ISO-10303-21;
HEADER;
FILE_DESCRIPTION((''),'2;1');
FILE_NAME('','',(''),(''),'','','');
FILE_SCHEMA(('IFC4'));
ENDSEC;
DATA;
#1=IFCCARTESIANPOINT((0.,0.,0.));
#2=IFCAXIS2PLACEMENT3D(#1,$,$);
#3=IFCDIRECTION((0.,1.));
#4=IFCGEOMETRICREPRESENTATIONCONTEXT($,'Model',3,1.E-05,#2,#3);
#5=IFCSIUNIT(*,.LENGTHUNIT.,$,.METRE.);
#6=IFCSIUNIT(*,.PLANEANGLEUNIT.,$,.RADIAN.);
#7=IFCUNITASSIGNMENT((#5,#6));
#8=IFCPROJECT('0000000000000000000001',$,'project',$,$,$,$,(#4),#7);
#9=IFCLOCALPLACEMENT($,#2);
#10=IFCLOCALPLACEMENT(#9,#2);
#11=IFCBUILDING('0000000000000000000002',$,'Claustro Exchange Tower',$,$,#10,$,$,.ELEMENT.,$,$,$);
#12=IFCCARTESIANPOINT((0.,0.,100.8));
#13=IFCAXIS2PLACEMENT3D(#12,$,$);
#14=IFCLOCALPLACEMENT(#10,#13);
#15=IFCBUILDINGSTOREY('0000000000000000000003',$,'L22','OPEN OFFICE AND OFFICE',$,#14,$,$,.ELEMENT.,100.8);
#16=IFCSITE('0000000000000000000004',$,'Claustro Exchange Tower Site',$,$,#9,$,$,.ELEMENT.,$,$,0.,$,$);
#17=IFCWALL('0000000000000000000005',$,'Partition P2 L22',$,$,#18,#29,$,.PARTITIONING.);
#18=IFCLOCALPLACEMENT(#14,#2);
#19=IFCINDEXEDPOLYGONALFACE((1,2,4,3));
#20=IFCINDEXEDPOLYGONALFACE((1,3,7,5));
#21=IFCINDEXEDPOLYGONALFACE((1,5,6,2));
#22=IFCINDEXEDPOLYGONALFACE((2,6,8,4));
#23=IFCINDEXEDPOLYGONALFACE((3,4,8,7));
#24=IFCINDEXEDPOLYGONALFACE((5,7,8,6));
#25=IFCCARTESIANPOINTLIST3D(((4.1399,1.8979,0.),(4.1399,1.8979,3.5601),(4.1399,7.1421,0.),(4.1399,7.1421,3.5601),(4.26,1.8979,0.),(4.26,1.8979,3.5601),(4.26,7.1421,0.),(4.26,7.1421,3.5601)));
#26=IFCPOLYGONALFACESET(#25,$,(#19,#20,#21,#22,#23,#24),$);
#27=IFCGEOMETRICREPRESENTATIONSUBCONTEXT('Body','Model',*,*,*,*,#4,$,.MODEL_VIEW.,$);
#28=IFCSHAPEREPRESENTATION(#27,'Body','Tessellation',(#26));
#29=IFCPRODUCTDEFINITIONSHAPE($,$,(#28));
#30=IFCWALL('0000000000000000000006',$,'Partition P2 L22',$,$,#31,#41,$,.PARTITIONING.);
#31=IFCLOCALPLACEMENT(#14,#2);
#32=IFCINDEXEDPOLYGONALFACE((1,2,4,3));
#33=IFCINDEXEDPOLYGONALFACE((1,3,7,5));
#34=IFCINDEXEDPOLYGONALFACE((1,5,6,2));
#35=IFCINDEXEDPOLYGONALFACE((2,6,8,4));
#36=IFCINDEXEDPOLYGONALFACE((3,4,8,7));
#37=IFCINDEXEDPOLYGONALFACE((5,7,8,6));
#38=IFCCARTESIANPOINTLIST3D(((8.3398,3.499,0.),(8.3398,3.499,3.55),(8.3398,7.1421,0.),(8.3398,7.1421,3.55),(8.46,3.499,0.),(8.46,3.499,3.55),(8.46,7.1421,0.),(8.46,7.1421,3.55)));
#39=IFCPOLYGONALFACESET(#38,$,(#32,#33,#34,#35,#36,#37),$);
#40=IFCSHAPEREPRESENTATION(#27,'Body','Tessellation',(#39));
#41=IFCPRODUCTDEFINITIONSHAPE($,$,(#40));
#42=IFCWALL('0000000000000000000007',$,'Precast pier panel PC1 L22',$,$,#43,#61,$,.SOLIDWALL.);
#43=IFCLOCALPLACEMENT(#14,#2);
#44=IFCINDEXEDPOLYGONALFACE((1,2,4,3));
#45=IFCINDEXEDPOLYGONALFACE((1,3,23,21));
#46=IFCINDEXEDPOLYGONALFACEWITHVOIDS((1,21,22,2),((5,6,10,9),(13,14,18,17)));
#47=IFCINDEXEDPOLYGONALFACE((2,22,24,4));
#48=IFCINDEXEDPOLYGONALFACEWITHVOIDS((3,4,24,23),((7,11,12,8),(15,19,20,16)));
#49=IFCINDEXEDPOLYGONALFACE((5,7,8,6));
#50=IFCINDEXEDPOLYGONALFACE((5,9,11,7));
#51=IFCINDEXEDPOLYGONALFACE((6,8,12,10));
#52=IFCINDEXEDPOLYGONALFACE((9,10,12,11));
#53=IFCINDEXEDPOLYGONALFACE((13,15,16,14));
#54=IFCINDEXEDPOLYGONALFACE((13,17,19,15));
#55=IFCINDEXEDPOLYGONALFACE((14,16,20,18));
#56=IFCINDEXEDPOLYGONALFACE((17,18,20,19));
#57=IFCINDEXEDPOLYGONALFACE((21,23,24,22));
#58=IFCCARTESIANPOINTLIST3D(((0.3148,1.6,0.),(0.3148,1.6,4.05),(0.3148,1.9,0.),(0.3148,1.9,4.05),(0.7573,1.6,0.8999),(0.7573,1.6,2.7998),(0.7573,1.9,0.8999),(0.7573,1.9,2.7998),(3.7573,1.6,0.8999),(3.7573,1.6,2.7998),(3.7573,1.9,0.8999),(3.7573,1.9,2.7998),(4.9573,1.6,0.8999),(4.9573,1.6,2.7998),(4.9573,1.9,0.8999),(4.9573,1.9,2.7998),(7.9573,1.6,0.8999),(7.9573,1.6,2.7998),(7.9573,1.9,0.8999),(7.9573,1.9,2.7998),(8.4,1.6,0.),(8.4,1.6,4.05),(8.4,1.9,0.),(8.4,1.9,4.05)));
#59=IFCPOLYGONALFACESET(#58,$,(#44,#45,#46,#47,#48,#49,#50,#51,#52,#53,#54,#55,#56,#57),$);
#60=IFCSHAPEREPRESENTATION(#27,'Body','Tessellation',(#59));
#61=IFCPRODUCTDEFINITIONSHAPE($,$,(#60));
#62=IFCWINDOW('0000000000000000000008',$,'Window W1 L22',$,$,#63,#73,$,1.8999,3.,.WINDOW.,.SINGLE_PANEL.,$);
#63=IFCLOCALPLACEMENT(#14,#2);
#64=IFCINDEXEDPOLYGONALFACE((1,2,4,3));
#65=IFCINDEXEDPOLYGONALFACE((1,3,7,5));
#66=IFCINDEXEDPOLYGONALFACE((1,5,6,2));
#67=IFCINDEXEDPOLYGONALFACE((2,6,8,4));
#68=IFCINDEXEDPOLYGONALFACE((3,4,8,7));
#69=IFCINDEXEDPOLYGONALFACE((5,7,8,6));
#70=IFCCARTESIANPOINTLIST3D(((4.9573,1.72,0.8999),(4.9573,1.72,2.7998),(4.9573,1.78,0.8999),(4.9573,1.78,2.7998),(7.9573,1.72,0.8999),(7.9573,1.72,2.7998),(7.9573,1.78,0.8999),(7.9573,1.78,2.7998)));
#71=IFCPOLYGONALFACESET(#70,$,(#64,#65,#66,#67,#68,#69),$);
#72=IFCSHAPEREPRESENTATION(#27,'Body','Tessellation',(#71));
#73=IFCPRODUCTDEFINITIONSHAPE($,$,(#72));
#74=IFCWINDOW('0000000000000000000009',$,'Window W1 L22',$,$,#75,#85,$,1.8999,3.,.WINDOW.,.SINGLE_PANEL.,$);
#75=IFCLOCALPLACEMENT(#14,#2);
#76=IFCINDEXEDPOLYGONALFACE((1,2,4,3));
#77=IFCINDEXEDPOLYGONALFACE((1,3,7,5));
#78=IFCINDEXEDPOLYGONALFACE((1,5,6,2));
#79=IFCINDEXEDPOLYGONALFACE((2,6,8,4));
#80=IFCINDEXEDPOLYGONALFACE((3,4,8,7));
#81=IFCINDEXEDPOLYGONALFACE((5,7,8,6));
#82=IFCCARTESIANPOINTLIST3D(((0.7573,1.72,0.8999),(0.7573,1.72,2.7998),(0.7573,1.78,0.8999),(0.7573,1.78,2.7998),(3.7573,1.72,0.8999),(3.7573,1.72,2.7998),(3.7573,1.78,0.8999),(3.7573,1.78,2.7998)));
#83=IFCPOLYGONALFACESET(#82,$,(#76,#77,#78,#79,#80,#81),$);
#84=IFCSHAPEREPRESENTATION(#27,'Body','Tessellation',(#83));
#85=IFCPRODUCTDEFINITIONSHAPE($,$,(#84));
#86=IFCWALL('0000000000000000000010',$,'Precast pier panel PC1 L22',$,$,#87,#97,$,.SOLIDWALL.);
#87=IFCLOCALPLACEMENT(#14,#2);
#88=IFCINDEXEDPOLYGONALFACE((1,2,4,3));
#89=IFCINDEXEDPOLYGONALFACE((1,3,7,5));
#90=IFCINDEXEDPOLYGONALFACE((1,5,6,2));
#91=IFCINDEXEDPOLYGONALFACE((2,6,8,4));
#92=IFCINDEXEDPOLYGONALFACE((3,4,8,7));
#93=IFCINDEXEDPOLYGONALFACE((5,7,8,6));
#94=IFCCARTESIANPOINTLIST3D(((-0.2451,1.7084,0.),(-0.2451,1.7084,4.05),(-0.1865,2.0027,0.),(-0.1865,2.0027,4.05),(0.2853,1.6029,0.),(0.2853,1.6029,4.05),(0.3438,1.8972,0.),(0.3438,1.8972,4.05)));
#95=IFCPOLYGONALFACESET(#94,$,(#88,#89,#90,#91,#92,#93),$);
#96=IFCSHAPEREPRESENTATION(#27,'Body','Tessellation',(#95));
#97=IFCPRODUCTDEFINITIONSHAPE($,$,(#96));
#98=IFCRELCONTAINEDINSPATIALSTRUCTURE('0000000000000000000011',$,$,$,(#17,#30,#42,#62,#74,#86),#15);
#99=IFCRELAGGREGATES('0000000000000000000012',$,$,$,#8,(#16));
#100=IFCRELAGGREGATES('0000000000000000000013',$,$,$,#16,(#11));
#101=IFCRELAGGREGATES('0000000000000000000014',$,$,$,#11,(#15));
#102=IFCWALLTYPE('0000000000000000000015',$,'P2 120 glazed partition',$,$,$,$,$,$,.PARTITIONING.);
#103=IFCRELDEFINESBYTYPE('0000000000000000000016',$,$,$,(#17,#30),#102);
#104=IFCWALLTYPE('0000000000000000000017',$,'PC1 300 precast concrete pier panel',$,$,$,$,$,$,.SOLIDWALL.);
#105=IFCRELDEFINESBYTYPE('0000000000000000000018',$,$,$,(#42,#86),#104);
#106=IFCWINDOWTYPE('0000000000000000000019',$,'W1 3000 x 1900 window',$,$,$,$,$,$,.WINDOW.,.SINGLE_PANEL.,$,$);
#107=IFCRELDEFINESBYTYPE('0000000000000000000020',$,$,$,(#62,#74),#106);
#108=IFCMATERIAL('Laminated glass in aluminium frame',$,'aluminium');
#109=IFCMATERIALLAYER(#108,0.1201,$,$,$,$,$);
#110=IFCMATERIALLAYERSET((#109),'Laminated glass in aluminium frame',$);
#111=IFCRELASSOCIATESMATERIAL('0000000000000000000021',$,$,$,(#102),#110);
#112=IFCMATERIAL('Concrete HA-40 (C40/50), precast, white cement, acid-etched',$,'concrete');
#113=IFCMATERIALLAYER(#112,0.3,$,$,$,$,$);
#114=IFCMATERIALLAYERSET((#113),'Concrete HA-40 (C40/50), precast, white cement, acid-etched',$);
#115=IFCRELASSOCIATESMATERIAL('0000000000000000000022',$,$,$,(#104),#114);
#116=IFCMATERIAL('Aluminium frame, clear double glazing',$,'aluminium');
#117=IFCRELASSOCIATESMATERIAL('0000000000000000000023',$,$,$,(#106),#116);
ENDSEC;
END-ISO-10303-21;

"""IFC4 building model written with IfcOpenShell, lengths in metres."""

from ifc_helpers import new_model, si_unit, direction, frame, frame_2d, origin, place, context, subcontext, project, spatial, rectangle, extrude, material, layer, layer_set, type_object, element, fill, save


model = new_model("IFC4")

# Units and contexts
model_context = context("Model", 3, precision=1e-05, world=origin(), true_north=direction((0.0, 1.0)))
body_context = subcontext(model_context, "Body", "Model", "MODEL_VIEW")
ifc_project = project(units=[si_unit("LENGTHUNIT", "METRE"), si_unit("PLANEANGLEUNIT", "RADIAN")], contexts=[model_context])

# Site, building, storey
site_placement = place(None, origin())
site = spatial("IfcSite", under=ifc_project, at=site_placement, Name="Claustro Exchange Tower Site", CompositionType="ELEMENT", RefElevation=0.0)
building_placement = place(site_placement, origin())
building = spatial("IfcBuilding", under=site, at=building_placement, Name="Claustro Exchange Tower", CompositionType="ELEMENT")
storey_placement = place(building_placement, frame((0.0, 0.0, 100.8)))
storey = spatial("IfcBuildingStorey", under=building, at=storey_placement, Name="L22", Description="OPEN OFFICE AND OFFICE", CompositionType="ELEMENT", Elevation=100.8)

# Walls
ifc_material_1 = material(Name="Laminated glass in aluminium frame", Category="aluminium")
ifc_layer_1 = layer(ifc_material_1, 0.1201)
ifc_layer_set_1 = layer_set([ifc_layer_1], Name="Laminated glass in aluminium frame")
wall_type_1 = type_object("IfcWallType", Name="P2 120 glazed partition", PredefinedType="PARTITIONING", material=ifc_layer_set_1)
wall_1_placement = place(storey_placement, frame((4.2, 1.8979, 0.0), z_axis=(0.0, 0.0, 1.0), x_axis=(0.0, 1.0, 0.0)))
element("IfcWall", 1, at=wall_1_placement, inside=storey, type_object=wall_type_1, Name="Partition P2 L22", PredefinedType="PARTITIONING", context=body_context, shape_type="SweptSolid", body=[
    extrude(rectangle(XDim=5.2441, YDim=0.1201, at=frame_2d((2.6221, 0.0))), origin(), (0.0, 0.0, 1.0), 3.5601),
])
wall_2_placement = place(storey_placement, frame((8.3999, 3.499, 0.0), z_axis=(0.0, 0.0, 1.0), x_axis=(0.0, 1.0, 0.0)))
element("IfcWall", 2, at=wall_2_placement, inside=storey, type_object=wall_type_1, Name="Partition P2 L22", PredefinedType="PARTITIONING", context=body_context, shape_type="SweptSolid", body=[
    extrude(rectangle(XDim=3.6431, YDim=0.1201, at=frame_2d((1.8215, 0.0))), origin(), (0.0, 0.0, 1.0), 3.55),
])

# Wall, openings, windows
ifc_material_2 = material(Name="Concrete HA-40 (C40/50), precast, white cement, acid-etched", Category="concrete")
ifc_layer_2 = layer(ifc_material_2, 0.3)
ifc_layer_set_2 = layer_set([ifc_layer_2], Name="Concrete HA-40 (C40/50), precast, white cement, acid-etched")
wall_type_2 = type_object("IfcWallType", Name="PC1 300 precast concrete pier panel", PredefinedType="SOLIDWALL", material=ifc_layer_set_2)
wall_3_placement = place(storey_placement, frame((8.3999, 1.75, 0.0), z_axis=(0.0, 0.0, 1.0), x_axis=(-1.0, 0.0, 0.0)))
wall_3 = element("IfcWall", 3, at=wall_3_placement, inside=storey, type_object=wall_type_2, Name="Precast pier panel PC1 L22", PredefinedType="SOLIDWALL", context=body_context, shape_type="SweptSolid", body=[
    extrude(rectangle(XDim=8.0852, YDim=0.3, at=frame_2d((4.0425, 0.0))), origin(), (0.0, 0.0, 1.0), 4.05),
])
opening_1_placement = place(wall_3_placement, frame((0.4426, 0.0, 0.8999)))
opening_1 = element("IfcOpeningElement", 4, at=opening_1_placement, cuts=wall_3, PredefinedType="OPENING", context=body_context, shape_type="SweptSolid", body=[
    extrude(rectangle(XDim=3.0, YDim=1.8999, at=frame_2d((1.5, 0.95))), frame((0.0, 0.1599, 0.0), z_axis=(0.0, -1.0, 0.0), x_axis=(1.0, 0.0, 0.0)), (0.0, 0.0, 1.0), 0.3201),
])
opening_2_placement = place(wall_3_placement, frame((4.6426, 0.0, 0.8999)))
opening_2 = element("IfcOpeningElement", 5, at=opening_2_placement, cuts=wall_3, PredefinedType="OPENING", context=body_context, shape_type="SweptSolid", body=[
    extrude(rectangle(XDim=3.0, YDim=1.8999, at=frame_2d((1.5, 0.95))), frame((0.0, 0.1599, 0.0), z_axis=(0.0, -1.0, 0.0), x_axis=(1.0, 0.0, 0.0)), (0.0, 0.0, 1.0), 0.3201),
])
ifc_material_3 = material(Name="Aluminium frame, clear double glazing", Category="aluminium")
window_type = type_object("IfcWindowType", Name="W1 3000 x 1900 window", PartitioningType="SINGLE_PANEL", PredefinedType="WINDOW", material=ifc_material_3)
window_1_placement = place(opening_1_placement, origin())
window_1 = element("IfcWindow", 6, at=window_1_placement, inside=storey, type_object=window_type, Name="Window W1 L22", OverallHeight=1.8999, OverallWidth=3.0, PartitioningType="SINGLE_PANEL", PredefinedType="WINDOW", context=body_context, shape_type="SweptSolid", body=[
    extrude(rectangle(XDim=3.0, YDim=1.8999, at=frame_2d((1.5, 0.95))), frame((0.0, 0.03, 0.0), z_axis=(0.0, -1.0, 0.0), x_axis=(1.0, 0.0, 0.0)), (0.0, 0.0, 1.0), 0.0601),
])
fill(opening_1, window_1)
window_2_placement = place(opening_2_placement, origin())
window_2 = element("IfcWindow", 7, at=window_2_placement, inside=storey, type_object=window_type, Name="Window W1 L22", OverallHeight=1.8999, OverallWidth=3.0, PartitioningType="SINGLE_PANEL", PredefinedType="WINDOW", context=body_context, shape_type="SweptSolid", body=[
    extrude(rectangle(XDim=3.0, YDim=1.8999, at=frame_2d((1.5, 0.95))), frame((0.0, 0.03, 0.0), z_axis=(0.0, -1.0, 0.0), x_axis=(1.0, 0.0, 0.0)), (0.0, 0.0, 1.0), 0.0601),
])
fill(opening_2, window_2)

# Wall
wall_4_placement = place(storey_placement, frame((0.3147, 1.75, 0.0), z_axis=(0.0, 0.0, 1.0), x_axis=(-0.980789, 0.195074, 0.0)))
element("IfcWall", 8, at=wall_4_placement, inside=storey, type_object=wall_type_2, Name="Precast pier panel PC1 L22", PredefinedType="SOLIDWALL", context=body_context, shape_type="SweptSolid", body=[
    extrude(rectangle(XDim=0.5408, YDim=0.3, at=frame_2d((0.2705, 0.0))), origin(), (0.0, 0.0, 1.0), 4.05),
])

save(model, "model.ifc")
